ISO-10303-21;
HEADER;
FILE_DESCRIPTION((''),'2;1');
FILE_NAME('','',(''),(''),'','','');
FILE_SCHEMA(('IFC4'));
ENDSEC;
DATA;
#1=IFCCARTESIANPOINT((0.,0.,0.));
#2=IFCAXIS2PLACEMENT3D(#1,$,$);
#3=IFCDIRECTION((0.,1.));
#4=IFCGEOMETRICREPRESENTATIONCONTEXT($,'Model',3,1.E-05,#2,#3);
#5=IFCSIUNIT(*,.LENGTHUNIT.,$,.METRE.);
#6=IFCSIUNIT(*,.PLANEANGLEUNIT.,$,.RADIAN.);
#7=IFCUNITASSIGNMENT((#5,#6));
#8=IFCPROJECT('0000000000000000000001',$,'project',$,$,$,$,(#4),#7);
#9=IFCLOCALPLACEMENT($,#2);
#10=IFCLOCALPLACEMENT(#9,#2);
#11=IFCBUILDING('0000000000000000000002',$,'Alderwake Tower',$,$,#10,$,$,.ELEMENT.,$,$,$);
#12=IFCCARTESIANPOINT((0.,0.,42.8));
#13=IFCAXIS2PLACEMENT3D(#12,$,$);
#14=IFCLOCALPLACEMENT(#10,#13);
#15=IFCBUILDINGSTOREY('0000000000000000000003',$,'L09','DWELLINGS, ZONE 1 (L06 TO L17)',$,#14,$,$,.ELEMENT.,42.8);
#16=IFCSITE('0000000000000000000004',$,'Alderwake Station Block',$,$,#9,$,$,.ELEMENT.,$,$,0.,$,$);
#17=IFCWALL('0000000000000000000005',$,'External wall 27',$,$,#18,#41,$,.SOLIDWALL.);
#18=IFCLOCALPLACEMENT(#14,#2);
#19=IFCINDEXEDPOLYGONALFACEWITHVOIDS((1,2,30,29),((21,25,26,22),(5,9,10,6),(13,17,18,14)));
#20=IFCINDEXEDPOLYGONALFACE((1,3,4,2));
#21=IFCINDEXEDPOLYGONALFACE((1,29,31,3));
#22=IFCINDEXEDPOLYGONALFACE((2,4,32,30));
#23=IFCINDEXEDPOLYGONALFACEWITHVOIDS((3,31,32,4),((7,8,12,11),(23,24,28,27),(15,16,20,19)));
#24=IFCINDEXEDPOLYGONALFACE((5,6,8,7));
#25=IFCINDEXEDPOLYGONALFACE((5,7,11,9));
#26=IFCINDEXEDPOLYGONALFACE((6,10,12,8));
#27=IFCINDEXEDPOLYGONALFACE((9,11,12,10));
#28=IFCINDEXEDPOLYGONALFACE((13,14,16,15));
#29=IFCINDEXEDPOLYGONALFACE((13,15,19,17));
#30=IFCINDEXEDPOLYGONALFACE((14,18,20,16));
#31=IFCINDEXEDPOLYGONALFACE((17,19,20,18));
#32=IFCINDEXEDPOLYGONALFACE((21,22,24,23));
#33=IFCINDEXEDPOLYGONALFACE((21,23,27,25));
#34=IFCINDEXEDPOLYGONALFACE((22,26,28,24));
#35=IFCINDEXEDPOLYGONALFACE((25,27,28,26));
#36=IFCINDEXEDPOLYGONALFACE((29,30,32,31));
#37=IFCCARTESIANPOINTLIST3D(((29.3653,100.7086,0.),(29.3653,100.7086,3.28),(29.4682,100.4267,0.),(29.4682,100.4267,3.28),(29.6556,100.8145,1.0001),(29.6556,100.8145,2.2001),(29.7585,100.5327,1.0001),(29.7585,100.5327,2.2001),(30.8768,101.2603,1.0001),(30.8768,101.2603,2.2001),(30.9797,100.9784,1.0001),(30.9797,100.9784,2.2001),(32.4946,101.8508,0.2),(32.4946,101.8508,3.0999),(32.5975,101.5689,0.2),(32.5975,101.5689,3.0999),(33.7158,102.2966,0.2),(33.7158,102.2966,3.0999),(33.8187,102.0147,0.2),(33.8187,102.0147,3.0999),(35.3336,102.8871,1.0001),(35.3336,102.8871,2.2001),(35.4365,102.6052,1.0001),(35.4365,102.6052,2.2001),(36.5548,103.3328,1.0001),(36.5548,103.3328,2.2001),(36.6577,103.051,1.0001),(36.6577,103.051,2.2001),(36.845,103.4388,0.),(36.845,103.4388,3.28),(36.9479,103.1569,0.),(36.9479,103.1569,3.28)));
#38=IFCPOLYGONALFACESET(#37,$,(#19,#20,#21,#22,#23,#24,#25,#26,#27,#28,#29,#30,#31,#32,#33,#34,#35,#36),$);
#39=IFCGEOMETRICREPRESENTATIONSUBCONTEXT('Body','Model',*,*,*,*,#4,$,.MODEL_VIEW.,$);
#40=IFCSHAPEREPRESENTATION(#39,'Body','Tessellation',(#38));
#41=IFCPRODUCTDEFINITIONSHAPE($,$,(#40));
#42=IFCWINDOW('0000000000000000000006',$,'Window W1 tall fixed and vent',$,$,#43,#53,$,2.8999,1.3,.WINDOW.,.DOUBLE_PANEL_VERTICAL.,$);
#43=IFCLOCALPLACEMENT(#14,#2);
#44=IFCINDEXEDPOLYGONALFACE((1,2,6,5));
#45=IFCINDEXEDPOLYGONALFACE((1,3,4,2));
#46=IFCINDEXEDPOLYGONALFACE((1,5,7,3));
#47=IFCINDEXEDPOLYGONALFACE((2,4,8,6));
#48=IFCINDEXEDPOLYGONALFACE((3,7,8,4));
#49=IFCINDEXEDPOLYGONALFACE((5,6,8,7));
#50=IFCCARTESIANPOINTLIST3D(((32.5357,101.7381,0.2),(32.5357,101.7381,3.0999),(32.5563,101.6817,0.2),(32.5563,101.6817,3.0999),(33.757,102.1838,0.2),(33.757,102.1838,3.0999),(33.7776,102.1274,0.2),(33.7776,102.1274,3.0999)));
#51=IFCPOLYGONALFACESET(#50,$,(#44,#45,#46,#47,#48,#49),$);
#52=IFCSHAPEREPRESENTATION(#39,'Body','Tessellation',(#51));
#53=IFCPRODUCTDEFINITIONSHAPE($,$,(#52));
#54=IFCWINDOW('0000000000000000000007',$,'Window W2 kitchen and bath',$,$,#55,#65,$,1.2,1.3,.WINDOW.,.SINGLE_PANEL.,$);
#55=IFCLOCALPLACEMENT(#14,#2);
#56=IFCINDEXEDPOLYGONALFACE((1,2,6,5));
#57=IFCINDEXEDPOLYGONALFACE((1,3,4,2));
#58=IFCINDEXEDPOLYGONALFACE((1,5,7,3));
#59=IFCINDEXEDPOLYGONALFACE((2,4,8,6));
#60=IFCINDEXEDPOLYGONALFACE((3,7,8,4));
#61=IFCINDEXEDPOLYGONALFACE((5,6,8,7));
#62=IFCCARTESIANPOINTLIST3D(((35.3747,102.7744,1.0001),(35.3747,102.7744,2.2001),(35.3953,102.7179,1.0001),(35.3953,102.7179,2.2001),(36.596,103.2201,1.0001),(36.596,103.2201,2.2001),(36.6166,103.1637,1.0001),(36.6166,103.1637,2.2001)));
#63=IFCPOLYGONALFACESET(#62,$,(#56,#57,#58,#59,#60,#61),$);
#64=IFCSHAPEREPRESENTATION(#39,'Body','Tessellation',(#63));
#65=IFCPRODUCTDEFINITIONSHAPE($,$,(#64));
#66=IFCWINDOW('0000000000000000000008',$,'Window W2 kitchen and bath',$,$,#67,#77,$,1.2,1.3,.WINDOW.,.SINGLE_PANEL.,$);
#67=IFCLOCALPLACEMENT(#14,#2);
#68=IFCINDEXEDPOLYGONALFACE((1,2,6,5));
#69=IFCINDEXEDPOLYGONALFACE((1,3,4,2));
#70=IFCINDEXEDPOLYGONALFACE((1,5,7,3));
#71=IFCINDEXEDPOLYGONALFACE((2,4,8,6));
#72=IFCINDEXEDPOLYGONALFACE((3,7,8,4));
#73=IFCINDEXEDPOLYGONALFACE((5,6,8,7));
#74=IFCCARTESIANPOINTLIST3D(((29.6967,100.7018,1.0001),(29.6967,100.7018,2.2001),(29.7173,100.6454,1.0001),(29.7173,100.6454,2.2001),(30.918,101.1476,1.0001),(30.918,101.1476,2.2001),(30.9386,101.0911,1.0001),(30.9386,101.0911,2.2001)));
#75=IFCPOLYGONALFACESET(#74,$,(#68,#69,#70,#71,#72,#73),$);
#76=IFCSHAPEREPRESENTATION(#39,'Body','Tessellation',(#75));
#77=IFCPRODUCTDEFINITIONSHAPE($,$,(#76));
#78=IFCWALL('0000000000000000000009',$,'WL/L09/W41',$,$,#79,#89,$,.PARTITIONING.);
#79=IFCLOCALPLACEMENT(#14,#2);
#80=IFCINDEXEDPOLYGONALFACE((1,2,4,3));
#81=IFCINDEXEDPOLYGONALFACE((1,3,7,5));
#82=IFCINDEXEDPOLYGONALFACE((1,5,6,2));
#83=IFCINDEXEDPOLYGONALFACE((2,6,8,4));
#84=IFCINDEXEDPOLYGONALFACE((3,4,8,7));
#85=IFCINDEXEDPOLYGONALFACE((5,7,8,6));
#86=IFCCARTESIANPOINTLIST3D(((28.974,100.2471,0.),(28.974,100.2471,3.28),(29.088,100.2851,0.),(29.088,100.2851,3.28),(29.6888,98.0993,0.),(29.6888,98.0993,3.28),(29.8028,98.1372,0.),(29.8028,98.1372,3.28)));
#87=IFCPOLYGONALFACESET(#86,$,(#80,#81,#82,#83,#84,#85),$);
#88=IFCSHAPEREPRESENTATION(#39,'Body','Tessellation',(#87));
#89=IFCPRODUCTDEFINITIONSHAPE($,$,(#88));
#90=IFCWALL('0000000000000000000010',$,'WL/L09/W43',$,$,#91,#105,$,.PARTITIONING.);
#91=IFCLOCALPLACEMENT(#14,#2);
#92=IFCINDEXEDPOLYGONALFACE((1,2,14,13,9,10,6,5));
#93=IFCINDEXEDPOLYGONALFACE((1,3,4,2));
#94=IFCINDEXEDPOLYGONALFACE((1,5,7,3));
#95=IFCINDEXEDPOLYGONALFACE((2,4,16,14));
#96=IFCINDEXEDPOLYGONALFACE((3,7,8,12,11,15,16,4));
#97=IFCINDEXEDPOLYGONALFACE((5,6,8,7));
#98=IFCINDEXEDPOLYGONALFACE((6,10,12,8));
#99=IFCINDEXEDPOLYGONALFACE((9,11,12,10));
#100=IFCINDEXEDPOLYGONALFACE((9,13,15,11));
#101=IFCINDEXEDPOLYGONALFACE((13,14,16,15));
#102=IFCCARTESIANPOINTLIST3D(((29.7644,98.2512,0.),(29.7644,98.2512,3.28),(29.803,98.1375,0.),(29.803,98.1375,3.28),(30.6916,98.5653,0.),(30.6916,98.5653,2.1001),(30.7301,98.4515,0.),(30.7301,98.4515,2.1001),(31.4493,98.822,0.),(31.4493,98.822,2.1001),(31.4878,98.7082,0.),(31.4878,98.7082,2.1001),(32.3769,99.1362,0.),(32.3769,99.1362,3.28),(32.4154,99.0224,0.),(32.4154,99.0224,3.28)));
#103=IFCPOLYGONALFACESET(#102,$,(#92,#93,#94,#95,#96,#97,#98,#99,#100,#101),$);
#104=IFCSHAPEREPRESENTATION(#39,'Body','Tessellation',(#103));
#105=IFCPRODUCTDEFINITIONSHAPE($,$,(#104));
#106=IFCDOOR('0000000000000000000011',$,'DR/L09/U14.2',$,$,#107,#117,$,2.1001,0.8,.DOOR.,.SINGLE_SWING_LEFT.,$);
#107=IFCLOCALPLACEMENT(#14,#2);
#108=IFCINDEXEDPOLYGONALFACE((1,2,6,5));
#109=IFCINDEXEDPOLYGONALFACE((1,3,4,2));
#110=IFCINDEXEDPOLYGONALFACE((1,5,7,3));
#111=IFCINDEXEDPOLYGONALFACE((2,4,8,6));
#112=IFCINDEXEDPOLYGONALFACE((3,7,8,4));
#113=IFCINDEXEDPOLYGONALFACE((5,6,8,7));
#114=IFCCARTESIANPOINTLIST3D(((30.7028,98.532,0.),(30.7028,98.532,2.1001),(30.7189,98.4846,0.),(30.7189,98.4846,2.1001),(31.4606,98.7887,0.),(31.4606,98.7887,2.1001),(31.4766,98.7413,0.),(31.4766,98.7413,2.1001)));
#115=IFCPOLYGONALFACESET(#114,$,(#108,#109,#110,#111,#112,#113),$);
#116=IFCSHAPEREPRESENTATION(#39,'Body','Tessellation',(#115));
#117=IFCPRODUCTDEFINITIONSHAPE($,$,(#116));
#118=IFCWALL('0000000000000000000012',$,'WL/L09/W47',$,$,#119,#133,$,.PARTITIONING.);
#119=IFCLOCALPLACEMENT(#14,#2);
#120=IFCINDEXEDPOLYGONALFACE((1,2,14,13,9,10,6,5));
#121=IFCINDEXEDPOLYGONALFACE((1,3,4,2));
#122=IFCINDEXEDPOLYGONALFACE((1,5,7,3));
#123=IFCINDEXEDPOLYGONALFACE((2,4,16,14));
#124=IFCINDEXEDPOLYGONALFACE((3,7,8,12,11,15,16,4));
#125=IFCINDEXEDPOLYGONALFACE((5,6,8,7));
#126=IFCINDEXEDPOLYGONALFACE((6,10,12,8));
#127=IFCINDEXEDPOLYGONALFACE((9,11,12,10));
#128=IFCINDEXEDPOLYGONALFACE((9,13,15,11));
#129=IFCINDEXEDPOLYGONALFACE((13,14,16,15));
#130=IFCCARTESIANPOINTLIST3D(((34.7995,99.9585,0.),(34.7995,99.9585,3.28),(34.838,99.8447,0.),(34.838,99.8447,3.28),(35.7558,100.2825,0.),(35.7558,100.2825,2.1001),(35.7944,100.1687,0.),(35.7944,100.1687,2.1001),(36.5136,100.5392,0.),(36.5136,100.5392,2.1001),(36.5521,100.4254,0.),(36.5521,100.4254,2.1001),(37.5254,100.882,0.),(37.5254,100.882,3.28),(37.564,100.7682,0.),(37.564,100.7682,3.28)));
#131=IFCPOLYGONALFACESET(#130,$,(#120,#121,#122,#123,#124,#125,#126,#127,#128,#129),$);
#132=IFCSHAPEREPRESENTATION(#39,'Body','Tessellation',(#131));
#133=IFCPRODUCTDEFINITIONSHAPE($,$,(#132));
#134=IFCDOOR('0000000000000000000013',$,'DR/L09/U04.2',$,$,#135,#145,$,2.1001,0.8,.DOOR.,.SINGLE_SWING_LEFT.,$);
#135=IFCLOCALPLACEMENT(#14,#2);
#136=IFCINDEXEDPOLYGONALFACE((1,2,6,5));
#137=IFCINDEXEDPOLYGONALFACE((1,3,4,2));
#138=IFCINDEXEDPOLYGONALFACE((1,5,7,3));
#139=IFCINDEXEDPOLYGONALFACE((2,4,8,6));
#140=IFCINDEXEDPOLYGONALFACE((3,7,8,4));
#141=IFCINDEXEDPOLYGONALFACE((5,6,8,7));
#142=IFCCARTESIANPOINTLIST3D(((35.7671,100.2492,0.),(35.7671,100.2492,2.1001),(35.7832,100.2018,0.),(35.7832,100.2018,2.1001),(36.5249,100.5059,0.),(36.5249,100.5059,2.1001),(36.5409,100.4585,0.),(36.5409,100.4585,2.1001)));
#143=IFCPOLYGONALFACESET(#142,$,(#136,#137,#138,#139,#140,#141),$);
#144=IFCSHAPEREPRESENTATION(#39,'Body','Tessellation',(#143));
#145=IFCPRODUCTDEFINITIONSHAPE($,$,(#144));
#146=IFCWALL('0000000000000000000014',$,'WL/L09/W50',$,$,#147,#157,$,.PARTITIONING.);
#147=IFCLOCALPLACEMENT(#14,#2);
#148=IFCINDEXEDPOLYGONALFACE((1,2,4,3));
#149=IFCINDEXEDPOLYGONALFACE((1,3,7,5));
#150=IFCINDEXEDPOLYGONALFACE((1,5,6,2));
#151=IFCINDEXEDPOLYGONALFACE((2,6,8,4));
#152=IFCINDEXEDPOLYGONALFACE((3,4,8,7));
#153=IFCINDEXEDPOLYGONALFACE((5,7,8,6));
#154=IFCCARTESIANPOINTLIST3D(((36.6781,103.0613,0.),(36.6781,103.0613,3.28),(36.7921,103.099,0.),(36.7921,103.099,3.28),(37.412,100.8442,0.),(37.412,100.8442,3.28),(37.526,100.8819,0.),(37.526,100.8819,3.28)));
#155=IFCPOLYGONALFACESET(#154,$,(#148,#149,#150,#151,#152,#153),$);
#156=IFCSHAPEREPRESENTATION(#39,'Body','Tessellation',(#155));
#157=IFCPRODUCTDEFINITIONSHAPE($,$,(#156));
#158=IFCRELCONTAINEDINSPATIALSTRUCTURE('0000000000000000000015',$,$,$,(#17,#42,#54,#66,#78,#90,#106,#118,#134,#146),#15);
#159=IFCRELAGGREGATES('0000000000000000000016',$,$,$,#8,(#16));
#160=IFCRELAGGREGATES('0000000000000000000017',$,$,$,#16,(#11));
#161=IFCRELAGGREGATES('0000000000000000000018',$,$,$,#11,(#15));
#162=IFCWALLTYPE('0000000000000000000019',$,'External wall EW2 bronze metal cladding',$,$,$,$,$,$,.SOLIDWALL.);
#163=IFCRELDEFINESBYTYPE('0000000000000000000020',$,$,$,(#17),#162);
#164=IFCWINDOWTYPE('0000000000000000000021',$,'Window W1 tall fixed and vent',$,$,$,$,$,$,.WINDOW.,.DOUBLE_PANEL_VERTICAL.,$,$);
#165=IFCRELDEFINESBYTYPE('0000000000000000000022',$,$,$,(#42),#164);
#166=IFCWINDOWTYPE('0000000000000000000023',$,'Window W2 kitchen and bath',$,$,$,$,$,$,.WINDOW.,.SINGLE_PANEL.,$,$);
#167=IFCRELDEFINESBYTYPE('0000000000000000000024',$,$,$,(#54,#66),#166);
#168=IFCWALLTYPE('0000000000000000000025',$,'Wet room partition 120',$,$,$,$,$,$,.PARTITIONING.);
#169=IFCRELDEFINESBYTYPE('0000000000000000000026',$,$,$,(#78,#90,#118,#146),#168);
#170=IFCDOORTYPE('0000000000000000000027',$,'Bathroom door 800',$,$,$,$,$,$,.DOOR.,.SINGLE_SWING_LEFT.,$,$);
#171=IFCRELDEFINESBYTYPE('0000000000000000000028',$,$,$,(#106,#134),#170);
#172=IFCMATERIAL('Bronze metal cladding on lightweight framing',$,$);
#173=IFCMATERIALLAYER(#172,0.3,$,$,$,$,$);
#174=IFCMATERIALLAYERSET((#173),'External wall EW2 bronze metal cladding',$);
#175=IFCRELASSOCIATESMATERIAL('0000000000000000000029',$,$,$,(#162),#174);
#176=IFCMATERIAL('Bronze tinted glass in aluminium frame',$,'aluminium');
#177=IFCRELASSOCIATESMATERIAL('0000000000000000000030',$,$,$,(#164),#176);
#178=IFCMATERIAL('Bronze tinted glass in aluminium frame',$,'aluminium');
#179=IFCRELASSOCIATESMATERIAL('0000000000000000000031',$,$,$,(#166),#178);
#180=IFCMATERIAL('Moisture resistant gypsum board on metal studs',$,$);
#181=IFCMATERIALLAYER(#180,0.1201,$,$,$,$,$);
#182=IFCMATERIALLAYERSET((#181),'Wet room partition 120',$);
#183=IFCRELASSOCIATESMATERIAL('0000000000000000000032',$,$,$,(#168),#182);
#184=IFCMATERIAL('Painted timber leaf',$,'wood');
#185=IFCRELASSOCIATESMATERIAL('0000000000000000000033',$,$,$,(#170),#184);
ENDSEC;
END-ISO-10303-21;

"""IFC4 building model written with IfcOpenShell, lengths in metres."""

from ifc_helpers import new_model, si_unit, direction, frame, frame_2d, origin, place, context, subcontext, project, spatial, rectangle, extrude, material, layer, layer_set, type_object, element, fill, save


model = new_model("IFC4")

# Units and contexts
model_context = context("Model", 3, precision=1e-05, world=origin(), true_north=direction((0.0, 1.0)))
body_context = subcontext(model_context, "Body", "Model", "MODEL_VIEW")
ifc_project = project(units=[si_unit("LENGTHUNIT", "METRE"), si_unit("PLANEANGLEUNIT", "RADIAN")], contexts=[model_context])

# Site, building, storey
site_placement = place(None, origin())
site = spatial("IfcSite", under=ifc_project, at=site_placement, Name="Alderwake Station Block", CompositionType="ELEMENT", RefElevation=0.0)
building_placement = place(site_placement, origin())
building = spatial("IfcBuilding", under=site, at=building_placement, Name="Alderwake Tower", CompositionType="ELEMENT")
storey_placement = place(building_placement, frame((0.0, 0.0, 42.8)))
storey = spatial("IfcBuildingStorey", under=building, at=storey_placement, Name="L09", Description="DWELLINGS, ZONE 1 (L06 TO L17)", CompositionType="ELEMENT", Elevation=42.8)

# Wall, openings, windows
ifc_material_1 = material(Name="Bronze metal cladding on lightweight framing")
ifc_layer_1 = layer(ifc_material_1, 0.3)
ifc_layer_set_1 = layer_set([ifc_layer_1], Name="External wall EW2 bronze metal cladding")
wall_type_1 = type_object("IfcWallType", Name="External wall EW2 bronze metal cladding", PredefinedType="SOLIDWALL", material=ifc_layer_set_1)
wall_1_placement = place(storey_placement, frame((36.8965, 103.2979, 0.0), z_axis=(0.0, 0.0, 1.0), x_axis=(-0.939376, -0.342888, 0.0)))
wall_1 = element("IfcWall", 1, at=wall_1_placement, inside=storey, type_object=wall_type_1, Name="External wall 27", PredefinedType="SOLIDWALL", context=body_context, shape_type="SweptSolid", body=[
    extrude(rectangle(XDim=7.9624, YDim=0.3, at=frame_2d((3.9812, 0.0))), origin(), (0.0, 0.0, 1.0), 3.28),
])
opening_1_placement = place(wall_1_placement, frame((0.3091, 0.0, 1.0)))
opening_1 = element("IfcOpeningElement", 2, at=opening_1_placement, cuts=wall_1, PredefinedType="OPENING", context=body_context, shape_type="SweptSolid", body=[
    extrude(rectangle(XDim=1.3, YDim=1.2, at=frame_2d((0.6499, 0.6001))), frame((0.0, 0.1599, 0.0), z_axis=(0.0, -1.0, 0.0), x_axis=(1.0, 0.0, 0.0)), (0.0, 0.0, 1.0), 0.3201),
])
opening_2_placement = place(wall_1_placement, frame((3.3313, 0.0, 0.2)))
opening_2 = element("IfcOpeningElement", 3, at=opening_2_placement, cuts=wall_1, PredefinedType="OPENING", context=body_context, shape_type="SweptSolid", body=[
    extrude(rectangle(XDim=1.3, YDim=2.8999, at=frame_2d((0.6499, 1.45))), frame((0.0, 0.1599, 0.0), z_axis=(0.0, -1.0, 0.0), x_axis=(1.0, 0.0, 0.0)), (0.0, 0.0, 1.0), 0.3201),
])
opening_3_placement = place(wall_1_placement, frame((6.3535, 0.0, 1.0)))
opening_3 = element("IfcOpeningElement", 4, at=opening_3_placement, cuts=wall_1, PredefinedType="OPENING", context=body_context, shape_type="SweptSolid", body=[
    extrude(rectangle(XDim=1.3, YDim=1.2, at=frame_2d((0.6499, 0.6001))), frame((0.0, 0.1599, 0.0), z_axis=(0.0, -1.0, 0.0), x_axis=(1.0, 0.0, 0.0)), (0.0, 0.0, 1.0), 0.3201),
])
ifc_material_2 = material(Name="Bronze tinted glass in aluminium frame", Category="aluminium")
window_type_1 = type_object("IfcWindowType", Name="Window W1 tall fixed and vent", PartitioningType="DOUBLE_PANEL_VERTICAL", PredefinedType="WINDOW", material=ifc_material_2)
window_1_placement = place(opening_2_placement, origin())
window_1 = element("IfcWindow", 5, at=window_1_placement, inside=storey, type_object=window_type_1, Name="Window W1 tall fixed and vent", OverallHeight=2.8999, OverallWidth=1.3, PartitioningType="DOUBLE_PANEL_VERTICAL", PredefinedType="WINDOW", context=body_context, shape_type="SweptSolid", body=[
    extrude(rectangle(XDim=1.3, YDim=2.8999, at=frame_2d((0.6499, 1.45))), frame((0.0, 0.03, 0.0), z_axis=(0.0, -1.0, 0.0), x_axis=(1.0, 0.0, 0.0)), (0.0, 0.0, 1.0), 0.0601),
])
fill(opening_2, window_1)
ifc_material_3 = material(Name="Bronze tinted glass in aluminium frame", Category="aluminium")
window_type_2 = type_object("IfcWindowType", Name="Window W2 kitchen and bath", PartitioningType="SINGLE_PANEL", PredefinedType="WINDOW", material=ifc_material_3)
window_2_placement = place(opening_1_placement, origin())
window_2 = element("IfcWindow", 6, at=window_2_placement, inside=storey, type_object=window_type_2, Name="Window W2 kitchen and bath", OverallHeight=1.2, OverallWidth=1.3, PartitioningType="SINGLE_PANEL", PredefinedType="WINDOW", context=body_context, shape_type="SweptSolid", body=[
    extrude(rectangle(XDim=1.3, YDim=1.2, at=frame_2d((0.6499, 0.6001))), frame((0.0, 0.03, 0.0), z_axis=(0.0, -1.0, 0.0), x_axis=(1.0, 0.0, 0.0)), (0.0, 0.0, 1.0), 0.0601),
])
fill(opening_1, window_2)
window_3_placement = place(opening_3_placement, origin())
window_3 = element("IfcWindow", 7, at=window_3_placement, inside=storey, type_object=window_type_2, Name="Window W2 kitchen and bath", OverallHeight=1.2, OverallWidth=1.3, PartitioningType="SINGLE_PANEL", PredefinedType="WINDOW", context=body_context, shape_type="SweptSolid", body=[
    extrude(rectangle(XDim=1.3, YDim=1.2, at=frame_2d((0.6499, 0.6001))), frame((0.0, 0.03, 0.0), z_axis=(0.0, -1.0, 0.0), x_axis=(1.0, 0.0, 0.0)), (0.0, 0.0, 1.0), 0.0601),
])
fill(opening_3, window_3)

# Wall
ifc_material_4 = material(Name="Moisture resistant gypsum board on metal studs")
ifc_layer_2 = layer(ifc_material_4, 0.1201)
ifc_layer_set_2 = layer_set([ifc_layer_2], Name="Wet room partition 120")
wall_type_2 = type_object("IfcWallType", Name="Wet room partition 120", PredefinedType="PARTITIONING", material=ifc_layer_set_2)
wall_2_placement = place(storey_placement, frame((29.031, 100.2661, 0.0), z_axis=(0.0, 0.0, 1.0), x_axis=(0.315775, -0.948834, 0.0)))
element("IfcWall", 8, at=wall_2_placement, inside=storey, type_object=wall_type_2, Name="WL/L09/W41", PredefinedType="PARTITIONING", context=body_context, shape_type="SweptSolid", body=[
    extrude(rectangle(XDim=2.2637, YDim=0.1201, at=frame_2d((1.1318, 0.0))), origin(), (0.0, 0.0, 1.0), 3.28),
])

# Walls, openings, doors
wall_3_placement = place(storey_placement, frame((29.7837, 98.1943, 0.0), z_axis=(0.0, 0.0, 1.0), x_axis=(0.947132, 0.320844, 0.0)))
wall_3 = element("IfcWall", 9, at=wall_3_placement, inside=storey, type_object=wall_type_2, Name="WL/L09/W43", PredefinedType="PARTITIONING", context=body_context, shape_type="SweptSolid", body=[
    extrude(rectangle(XDim=2.7583, YDim=0.1201, at=frame_2d((1.3792, 0.0))), origin(), (0.0, 0.0, 1.0), 3.28),
])
opening_4_placement = place(wall_3_placement, frame((0.979, 0.0, 0.0)))
opening_4 = element("IfcOpeningElement", 10, at=opening_4_placement, cuts=wall_3, PredefinedType="OPENING", context=body_context, shape_type="SweptSolid", body=[
    extrude(rectangle(XDim=0.8, YDim=2.1001, at=frame_2d((0.3999, 1.05))), frame((0.0, 0.0701, 0.0), z_axis=(0.0, -1.0, 0.0), x_axis=(1.0, 0.0, 0.0)), (0.0, 0.0, 1.0), 0.1401),
])
ifc_material_5 = material(Name="Painted timber leaf", Category="wood")
door_type_1 = type_object("IfcDoorType", Name="Bathroom door 800", OperationType="SINGLE_SWING_LEFT", PredefinedType="DOOR", material=ifc_material_5)
door_1_placement = place(opening_4_placement, origin())
door_1 = element("IfcDoor", 11, at=door_1_placement, inside=storey, type_object=door_type_1, Name="DR/L09/U14.2", OperationType="SINGLE_SWING_LEFT", OverallHeight=2.1001, OverallWidth=0.8, PredefinedType="DOOR", context=body_context, shape_type="SweptSolid", body=[
    extrude(rectangle(XDim=0.8, YDim=2.1001, at=frame_2d((0.3999, 1.05))), frame((0.0, 0.0249, 0.0), z_axis=(0.0, -1.0, 0.0), x_axis=(1.0, 0.0, 0.0)), (0.0, 0.0, 1.0), 0.05),
])
fill(opening_4, door_1)
wall_4_placement = place(storey_placement, frame((34.8188, 99.9016, 0.0), z_axis=(0.0, 0.0, 1.0), x_axis=(0.94712, 0.320881, 0.0)))
wall_4 = element("IfcWall", 12, at=wall_4_placement, inside=storey, type_object=wall_type_2, Name="WL/L09/W47", PredefinedType="PARTITIONING", context=body_context, shape_type="SweptSolid", body=[
    extrude(rectangle(XDim=2.8782, YDim=0.1201, at=frame_2d((1.439, 0.0))), origin(), (0.0, 0.0, 1.0), 3.28),
])
opening_5_placement = place(wall_4_placement, frame((1.0098, 0.0, 0.0)))
opening_5 = element("IfcOpeningElement", 13, at=opening_5_placement, cuts=wall_4, PredefinedType="OPENING", context=body_context, shape_type="SweptSolid", body=[
    extrude(rectangle(XDim=0.8, YDim=2.1001, at=frame_2d((0.3999, 1.05))), frame((0.0, 0.0701, 0.0), z_axis=(0.0, -1.0, 0.0), x_axis=(1.0, 0.0, 0.0)), (0.0, 0.0, 1.0), 0.1401),
])
door_2_placement = place(opening_5_placement, origin())
door_2 = element("IfcDoor", 14, at=door_2_placement, inside=storey, type_object=door_type_1, Name="DR/L09/U04.2", OperationType="SINGLE_SWING_LEFT", OverallHeight=2.1001, OverallWidth=0.8, PredefinedType="DOOR", context=body_context, shape_type="SweptSolid", body=[
    extrude(rectangle(XDim=0.8, YDim=2.1001, at=frame_2d((0.3999, 1.05))), frame((0.0, 0.0249, 0.0), z_axis=(0.0, -1.0, 0.0), x_axis=(1.0, 0.0, 0.0)), (0.0, 0.0, 1.0), 0.05),
])
fill(opening_5, door_2)

# Wall
wall_5_placement = place(storey_placement, frame((37.469, 100.863, 0.0), z_axis=(0.0, 0.0, 1.0), x_axis=(-0.314251, 0.94934, 0.0)))
element("IfcWall", 15, at=wall_5_placement, inside=storey, type_object=wall_type_2, Name="WL/L09/W50", PredefinedType="PARTITIONING", context=body_context, shape_type="SweptSolid", body=[
    extrude(rectangle(XDim=2.3354, YDim=0.1201, at=frame_2d((1.1677, 0.0))), origin(), (0.0, 0.0, 1.0), 3.28),
])

save(model, "model.ifc")
